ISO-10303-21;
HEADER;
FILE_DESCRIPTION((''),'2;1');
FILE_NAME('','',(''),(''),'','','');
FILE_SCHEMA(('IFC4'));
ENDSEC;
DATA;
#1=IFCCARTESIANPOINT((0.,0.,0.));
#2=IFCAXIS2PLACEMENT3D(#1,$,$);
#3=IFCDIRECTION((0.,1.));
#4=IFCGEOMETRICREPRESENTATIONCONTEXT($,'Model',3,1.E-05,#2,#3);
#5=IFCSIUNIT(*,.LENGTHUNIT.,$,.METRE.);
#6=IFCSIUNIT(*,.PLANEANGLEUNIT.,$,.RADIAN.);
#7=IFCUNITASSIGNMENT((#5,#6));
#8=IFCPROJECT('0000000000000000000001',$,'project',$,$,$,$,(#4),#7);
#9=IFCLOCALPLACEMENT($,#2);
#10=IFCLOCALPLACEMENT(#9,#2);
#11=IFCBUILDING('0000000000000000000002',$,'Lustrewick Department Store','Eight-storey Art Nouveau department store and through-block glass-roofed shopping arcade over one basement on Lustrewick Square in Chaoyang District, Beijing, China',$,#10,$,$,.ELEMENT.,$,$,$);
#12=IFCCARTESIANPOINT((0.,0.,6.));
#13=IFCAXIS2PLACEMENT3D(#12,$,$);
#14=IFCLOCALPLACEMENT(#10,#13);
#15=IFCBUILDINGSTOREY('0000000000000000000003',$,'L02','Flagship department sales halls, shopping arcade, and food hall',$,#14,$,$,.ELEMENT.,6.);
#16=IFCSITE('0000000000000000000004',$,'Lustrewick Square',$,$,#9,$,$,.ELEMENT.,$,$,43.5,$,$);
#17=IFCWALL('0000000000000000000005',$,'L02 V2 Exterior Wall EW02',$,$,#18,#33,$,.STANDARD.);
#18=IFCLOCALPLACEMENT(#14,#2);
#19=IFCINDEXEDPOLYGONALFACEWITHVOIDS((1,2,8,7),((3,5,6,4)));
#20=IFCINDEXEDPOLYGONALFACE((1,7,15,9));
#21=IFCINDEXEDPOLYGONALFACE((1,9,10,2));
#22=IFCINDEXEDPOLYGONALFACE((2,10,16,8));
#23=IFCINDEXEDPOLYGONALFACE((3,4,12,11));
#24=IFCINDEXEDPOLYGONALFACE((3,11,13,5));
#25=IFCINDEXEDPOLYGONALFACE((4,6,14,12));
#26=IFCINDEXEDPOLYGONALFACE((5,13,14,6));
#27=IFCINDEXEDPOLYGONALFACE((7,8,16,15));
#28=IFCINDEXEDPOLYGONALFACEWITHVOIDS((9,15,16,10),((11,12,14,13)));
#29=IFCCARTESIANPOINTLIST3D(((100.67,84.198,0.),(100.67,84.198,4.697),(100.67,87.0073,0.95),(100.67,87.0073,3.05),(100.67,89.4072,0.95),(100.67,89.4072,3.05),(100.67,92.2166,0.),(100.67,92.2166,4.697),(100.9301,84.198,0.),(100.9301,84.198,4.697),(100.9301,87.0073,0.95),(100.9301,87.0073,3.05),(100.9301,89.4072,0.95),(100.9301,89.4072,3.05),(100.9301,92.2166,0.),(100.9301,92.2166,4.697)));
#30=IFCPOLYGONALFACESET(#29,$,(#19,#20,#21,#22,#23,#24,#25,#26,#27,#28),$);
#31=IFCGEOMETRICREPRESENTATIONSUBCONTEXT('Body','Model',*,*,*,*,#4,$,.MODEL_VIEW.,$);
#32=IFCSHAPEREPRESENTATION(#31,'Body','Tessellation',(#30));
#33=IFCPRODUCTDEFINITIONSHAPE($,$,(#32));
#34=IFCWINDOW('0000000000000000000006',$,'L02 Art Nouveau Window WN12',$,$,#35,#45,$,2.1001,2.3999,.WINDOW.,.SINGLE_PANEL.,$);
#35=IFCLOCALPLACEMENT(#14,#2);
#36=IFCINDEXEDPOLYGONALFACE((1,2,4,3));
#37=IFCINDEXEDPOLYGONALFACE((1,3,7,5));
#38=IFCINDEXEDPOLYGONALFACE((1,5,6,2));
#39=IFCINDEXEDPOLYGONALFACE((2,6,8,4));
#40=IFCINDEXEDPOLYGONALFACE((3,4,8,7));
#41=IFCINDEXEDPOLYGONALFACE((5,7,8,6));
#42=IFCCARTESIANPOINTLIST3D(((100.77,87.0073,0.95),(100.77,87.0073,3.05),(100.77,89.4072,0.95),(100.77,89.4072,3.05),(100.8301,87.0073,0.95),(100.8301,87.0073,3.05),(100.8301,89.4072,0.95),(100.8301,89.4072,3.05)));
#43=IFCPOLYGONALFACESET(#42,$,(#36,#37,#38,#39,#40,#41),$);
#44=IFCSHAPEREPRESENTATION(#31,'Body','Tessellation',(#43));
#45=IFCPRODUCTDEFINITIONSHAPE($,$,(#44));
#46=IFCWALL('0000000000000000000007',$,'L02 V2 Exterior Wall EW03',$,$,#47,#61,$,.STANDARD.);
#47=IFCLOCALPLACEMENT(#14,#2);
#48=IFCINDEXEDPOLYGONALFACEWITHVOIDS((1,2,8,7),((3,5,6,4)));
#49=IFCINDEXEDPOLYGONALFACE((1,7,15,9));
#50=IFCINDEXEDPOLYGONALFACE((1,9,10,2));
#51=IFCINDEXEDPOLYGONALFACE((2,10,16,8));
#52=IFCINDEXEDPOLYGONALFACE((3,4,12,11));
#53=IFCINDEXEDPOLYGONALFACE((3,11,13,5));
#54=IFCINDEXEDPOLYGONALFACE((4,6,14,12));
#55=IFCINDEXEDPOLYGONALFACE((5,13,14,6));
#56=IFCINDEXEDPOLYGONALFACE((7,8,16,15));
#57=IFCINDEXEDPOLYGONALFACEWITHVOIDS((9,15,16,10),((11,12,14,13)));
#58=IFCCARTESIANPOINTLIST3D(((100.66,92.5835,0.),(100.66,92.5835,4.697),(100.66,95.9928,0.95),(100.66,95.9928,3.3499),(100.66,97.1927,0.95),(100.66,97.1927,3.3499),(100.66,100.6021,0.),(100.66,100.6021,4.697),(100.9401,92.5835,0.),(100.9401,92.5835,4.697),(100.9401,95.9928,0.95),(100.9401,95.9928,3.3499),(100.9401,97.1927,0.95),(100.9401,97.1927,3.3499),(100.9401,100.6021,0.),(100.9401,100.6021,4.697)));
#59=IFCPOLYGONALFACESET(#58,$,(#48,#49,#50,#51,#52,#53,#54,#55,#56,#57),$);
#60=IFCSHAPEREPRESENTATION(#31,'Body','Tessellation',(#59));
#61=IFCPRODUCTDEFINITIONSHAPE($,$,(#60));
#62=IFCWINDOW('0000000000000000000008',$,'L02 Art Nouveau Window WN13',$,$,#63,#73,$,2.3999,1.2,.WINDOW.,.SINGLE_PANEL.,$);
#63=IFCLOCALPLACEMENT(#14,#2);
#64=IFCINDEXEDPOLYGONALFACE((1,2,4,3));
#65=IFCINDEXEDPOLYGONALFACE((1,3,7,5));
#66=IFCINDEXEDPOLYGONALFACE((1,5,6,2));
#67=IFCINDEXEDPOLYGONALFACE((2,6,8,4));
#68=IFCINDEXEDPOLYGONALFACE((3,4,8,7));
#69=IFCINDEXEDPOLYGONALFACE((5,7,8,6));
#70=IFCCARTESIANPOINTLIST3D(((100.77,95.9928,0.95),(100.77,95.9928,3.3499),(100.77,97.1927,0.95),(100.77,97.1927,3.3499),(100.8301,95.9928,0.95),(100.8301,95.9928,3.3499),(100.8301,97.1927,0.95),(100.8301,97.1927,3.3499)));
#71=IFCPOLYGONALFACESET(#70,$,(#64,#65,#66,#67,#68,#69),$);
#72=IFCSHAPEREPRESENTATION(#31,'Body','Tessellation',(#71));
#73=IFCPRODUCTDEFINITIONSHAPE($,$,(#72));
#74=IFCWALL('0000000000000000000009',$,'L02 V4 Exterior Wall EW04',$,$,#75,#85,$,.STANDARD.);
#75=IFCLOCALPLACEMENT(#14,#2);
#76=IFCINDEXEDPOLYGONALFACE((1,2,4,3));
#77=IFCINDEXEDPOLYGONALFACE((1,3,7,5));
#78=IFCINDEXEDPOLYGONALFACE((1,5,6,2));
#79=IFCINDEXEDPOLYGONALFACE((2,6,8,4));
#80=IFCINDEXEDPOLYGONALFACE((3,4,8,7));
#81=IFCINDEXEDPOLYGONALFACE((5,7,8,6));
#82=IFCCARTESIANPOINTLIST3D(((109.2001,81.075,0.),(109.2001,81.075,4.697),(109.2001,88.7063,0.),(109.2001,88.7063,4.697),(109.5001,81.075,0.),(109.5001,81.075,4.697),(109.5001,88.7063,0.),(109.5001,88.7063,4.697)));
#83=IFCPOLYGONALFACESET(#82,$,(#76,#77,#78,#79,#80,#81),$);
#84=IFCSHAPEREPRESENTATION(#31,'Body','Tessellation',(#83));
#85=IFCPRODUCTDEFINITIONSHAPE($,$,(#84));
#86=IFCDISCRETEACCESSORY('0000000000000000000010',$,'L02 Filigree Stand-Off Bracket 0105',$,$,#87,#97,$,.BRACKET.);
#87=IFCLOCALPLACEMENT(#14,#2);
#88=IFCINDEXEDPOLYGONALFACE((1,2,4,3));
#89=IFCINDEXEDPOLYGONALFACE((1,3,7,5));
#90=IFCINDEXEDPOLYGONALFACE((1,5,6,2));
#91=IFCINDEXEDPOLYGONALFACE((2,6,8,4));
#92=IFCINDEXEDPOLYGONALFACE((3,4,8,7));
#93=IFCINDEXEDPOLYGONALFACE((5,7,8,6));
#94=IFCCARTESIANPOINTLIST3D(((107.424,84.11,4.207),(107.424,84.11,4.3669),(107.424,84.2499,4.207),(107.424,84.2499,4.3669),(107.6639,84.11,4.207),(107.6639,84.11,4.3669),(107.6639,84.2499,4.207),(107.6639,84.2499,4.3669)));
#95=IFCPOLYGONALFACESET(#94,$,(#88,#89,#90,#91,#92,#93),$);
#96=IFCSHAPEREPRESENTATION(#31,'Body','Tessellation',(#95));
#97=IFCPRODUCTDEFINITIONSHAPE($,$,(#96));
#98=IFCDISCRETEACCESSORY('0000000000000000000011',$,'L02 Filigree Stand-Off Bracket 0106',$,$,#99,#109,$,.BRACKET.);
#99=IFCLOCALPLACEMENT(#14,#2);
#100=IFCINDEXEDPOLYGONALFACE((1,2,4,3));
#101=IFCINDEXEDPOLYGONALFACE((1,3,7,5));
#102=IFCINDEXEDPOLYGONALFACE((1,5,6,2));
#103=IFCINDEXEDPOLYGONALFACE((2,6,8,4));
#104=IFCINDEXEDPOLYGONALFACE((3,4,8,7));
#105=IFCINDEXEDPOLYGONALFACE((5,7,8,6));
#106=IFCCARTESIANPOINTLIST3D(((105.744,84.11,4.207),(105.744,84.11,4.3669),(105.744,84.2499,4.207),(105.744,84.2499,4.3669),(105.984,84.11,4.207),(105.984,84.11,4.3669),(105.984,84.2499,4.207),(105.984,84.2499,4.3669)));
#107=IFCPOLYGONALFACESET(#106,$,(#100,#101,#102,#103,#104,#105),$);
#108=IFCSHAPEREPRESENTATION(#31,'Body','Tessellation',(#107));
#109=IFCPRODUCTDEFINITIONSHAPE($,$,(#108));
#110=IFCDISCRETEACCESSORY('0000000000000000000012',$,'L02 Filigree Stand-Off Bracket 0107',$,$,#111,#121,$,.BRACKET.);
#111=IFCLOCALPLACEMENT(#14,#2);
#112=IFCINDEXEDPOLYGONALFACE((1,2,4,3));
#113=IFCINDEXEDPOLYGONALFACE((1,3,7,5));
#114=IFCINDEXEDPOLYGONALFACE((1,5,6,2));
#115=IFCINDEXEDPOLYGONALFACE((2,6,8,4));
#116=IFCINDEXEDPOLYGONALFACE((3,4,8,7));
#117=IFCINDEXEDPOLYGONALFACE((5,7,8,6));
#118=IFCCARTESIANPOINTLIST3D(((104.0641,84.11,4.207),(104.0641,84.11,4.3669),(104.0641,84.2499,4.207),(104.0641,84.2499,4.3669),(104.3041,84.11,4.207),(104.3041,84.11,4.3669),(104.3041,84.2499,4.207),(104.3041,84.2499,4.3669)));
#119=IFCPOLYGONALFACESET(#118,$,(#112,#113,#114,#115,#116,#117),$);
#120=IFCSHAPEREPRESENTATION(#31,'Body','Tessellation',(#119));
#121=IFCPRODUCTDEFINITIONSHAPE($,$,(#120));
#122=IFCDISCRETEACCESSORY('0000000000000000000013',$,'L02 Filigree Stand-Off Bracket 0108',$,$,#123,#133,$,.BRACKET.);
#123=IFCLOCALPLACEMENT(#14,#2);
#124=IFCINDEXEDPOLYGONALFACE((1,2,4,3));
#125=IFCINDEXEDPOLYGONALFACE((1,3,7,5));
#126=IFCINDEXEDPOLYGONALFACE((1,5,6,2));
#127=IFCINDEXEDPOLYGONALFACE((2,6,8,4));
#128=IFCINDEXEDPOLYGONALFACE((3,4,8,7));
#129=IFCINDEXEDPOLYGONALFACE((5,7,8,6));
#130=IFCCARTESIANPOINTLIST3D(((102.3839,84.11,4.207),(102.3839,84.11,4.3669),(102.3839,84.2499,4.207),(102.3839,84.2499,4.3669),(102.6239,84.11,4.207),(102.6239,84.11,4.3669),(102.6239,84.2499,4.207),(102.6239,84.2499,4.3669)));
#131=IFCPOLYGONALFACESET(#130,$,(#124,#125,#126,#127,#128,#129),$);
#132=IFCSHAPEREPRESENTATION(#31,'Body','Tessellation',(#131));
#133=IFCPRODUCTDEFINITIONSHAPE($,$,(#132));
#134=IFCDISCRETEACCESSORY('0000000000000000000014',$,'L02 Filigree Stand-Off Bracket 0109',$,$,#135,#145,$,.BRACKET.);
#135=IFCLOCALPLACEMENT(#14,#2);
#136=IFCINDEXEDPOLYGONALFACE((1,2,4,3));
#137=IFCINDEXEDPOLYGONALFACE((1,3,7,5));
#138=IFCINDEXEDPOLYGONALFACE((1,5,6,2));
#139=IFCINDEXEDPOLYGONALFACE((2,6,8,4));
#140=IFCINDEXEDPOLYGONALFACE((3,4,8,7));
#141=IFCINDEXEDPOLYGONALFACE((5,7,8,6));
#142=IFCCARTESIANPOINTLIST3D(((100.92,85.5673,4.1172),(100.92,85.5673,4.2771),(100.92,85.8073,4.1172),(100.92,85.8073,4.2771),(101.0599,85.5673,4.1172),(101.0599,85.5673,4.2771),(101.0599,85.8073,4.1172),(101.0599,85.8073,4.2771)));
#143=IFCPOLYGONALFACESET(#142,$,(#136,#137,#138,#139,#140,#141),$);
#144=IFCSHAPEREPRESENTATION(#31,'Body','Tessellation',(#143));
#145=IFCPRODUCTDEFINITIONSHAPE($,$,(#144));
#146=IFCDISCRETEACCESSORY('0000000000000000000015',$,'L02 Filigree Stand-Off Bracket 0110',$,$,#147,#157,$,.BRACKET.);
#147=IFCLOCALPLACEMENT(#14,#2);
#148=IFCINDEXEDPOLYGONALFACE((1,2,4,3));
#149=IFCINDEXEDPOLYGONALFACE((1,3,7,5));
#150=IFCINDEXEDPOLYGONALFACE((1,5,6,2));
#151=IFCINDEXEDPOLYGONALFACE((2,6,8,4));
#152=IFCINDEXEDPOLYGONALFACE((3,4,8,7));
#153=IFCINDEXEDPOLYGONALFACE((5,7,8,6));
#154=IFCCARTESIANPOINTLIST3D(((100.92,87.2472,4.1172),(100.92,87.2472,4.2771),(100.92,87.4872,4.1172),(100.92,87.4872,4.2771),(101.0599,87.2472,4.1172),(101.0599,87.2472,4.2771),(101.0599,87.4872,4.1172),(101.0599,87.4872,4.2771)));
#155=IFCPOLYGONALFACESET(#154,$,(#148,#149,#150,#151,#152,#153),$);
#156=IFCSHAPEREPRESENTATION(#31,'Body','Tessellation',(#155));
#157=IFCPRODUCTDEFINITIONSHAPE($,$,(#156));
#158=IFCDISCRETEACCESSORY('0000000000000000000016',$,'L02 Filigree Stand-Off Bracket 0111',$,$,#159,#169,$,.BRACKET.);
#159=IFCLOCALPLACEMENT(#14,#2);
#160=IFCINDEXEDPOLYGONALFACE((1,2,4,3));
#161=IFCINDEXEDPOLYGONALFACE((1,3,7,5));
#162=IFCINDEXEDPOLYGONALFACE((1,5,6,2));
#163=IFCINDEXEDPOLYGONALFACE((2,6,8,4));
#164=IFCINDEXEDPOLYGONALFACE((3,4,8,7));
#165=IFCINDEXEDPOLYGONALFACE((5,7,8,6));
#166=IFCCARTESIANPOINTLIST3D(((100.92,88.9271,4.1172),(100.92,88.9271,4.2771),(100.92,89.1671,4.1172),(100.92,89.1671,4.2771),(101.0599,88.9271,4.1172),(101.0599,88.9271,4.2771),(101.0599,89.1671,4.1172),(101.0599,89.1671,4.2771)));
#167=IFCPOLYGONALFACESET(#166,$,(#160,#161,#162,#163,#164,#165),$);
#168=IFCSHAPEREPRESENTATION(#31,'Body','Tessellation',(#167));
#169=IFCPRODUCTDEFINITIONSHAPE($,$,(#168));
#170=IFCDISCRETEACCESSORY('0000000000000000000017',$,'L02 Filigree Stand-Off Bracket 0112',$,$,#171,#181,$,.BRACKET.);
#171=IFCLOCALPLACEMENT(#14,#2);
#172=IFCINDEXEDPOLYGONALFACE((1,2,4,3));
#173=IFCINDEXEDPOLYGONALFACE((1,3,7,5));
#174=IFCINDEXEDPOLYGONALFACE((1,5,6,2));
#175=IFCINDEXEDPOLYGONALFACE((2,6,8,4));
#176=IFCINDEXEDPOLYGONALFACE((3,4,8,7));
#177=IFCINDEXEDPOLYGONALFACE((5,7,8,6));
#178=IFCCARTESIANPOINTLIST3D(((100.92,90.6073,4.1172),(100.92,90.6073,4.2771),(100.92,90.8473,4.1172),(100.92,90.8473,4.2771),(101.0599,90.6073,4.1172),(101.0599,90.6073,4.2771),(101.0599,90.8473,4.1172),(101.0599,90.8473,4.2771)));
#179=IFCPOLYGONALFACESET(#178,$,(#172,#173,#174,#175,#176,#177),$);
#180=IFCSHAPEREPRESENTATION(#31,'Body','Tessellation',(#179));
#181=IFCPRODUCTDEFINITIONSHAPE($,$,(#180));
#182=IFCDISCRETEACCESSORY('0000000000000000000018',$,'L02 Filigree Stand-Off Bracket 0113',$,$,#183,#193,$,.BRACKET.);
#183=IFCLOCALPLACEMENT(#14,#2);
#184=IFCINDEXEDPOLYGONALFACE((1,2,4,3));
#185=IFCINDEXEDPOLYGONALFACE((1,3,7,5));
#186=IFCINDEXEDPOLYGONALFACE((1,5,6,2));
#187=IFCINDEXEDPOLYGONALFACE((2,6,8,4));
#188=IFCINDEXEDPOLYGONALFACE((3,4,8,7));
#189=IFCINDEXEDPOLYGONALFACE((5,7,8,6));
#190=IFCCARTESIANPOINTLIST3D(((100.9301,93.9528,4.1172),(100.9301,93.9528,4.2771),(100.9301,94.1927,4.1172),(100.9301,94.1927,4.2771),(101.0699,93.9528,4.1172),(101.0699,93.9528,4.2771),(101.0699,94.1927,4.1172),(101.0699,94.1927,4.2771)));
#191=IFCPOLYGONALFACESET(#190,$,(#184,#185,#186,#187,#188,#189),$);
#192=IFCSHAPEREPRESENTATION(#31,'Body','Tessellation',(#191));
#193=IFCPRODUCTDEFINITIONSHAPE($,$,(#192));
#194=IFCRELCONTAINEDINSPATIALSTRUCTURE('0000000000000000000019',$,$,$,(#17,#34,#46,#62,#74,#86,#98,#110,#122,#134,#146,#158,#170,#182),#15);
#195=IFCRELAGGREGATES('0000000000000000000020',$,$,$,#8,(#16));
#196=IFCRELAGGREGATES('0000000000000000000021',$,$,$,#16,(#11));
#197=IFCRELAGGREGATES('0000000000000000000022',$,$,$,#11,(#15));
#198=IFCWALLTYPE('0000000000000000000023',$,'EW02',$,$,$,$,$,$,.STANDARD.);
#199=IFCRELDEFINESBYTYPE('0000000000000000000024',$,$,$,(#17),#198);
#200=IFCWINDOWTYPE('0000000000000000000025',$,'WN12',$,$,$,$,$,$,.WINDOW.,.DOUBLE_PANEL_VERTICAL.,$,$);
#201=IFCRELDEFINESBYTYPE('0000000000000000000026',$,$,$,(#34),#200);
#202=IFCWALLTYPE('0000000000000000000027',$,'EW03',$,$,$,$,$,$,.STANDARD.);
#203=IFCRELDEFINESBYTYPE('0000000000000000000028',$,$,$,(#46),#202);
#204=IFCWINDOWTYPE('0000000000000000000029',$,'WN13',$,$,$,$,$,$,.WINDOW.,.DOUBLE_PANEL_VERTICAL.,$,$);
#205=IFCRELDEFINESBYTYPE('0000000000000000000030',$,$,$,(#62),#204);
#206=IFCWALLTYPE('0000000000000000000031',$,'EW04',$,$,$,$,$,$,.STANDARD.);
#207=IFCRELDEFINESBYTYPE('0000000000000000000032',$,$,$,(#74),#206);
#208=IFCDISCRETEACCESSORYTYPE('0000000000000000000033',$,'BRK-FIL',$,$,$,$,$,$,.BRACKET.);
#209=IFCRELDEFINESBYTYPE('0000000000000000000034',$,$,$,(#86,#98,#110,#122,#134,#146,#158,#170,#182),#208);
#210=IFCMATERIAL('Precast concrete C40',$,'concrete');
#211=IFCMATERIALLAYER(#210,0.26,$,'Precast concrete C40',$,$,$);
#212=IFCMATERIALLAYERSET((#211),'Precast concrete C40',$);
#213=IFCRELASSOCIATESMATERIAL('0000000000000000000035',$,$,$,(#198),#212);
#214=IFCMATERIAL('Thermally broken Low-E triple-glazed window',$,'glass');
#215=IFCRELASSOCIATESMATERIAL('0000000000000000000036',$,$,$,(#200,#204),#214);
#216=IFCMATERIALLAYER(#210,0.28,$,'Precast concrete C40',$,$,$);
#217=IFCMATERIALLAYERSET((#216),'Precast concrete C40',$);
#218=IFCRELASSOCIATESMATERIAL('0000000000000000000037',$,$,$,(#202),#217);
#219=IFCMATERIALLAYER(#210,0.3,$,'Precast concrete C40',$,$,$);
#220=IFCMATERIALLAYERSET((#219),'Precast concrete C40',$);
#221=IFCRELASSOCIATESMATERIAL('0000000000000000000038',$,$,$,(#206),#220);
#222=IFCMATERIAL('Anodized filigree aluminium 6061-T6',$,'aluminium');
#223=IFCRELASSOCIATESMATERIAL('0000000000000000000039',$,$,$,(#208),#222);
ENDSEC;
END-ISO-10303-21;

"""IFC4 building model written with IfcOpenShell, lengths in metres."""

from ifc_helpers import new_model, si_unit, direction, frame, frame_2d, origin, origin_2d, place, context, subcontext, project, spatial, rectangle, extrude, material, layer, layer_set, type_object, element, fill, save


model = new_model("IFC4")

# Units and contexts
model_context = context("Model", 3, precision=1e-05, world=origin(), true_north=direction((0.0, 1.0)))
body_context = subcontext(model_context, "Body", "Model", "MODEL_VIEW")
ifc_project = project(units=[si_unit("LENGTHUNIT", "METRE"), si_unit("PLANEANGLEUNIT", "RADIAN")], contexts=[model_context])

# Site, building, storey
site_placement = place(None, origin())
site = spatial("IfcSite", under=ifc_project, at=site_placement, Name="Lustrewick Square", CompositionType="ELEMENT", RefElevation=43.5)
building_placement = place(site_placement, origin())
building = spatial("IfcBuilding", under=site, at=building_placement, Name="Lustrewick Department Store", Description="Eight-storey Art Nouveau department store and through-block glass-roofed shopping arcade over one basement on Lustrewick Square in Chaoyang District, Beijing, China", CompositionType="ELEMENT")
storey_placement = place(building_placement, frame((0.0, 0.0, 6.0)))
storey = spatial("IfcBuildingStorey", under=building, at=storey_placement, Name="L02", Description="Flagship department sales halls, shopping arcade, and food hall", CompositionType="ELEMENT", Elevation=6.0)

# Walls, openings, windows
ifc_material_1 = material(Name="Precast concrete C40", Category="concrete")
ifc_layer_1 = layer(ifc_material_1, 0.26, Name="Precast concrete C40")
ifc_layer_set_1 = layer_set([ifc_layer_1], Name="Precast concrete C40")
wall_type_1 = type_object("IfcWallType", Name="EW02", PredefinedType="STANDARD", material=ifc_layer_set_1)
wall_1_placement = place(storey_placement, frame((100.8, 84.198, 0.0), z_axis=(0.0, 0.0, 1.0), x_axis=(0.0, 1.0, 0.0)))
wall_1 = element("IfcWall", 1, at=wall_1_placement, inside=storey, type_object=wall_type_1, Name="L02 V2 Exterior Wall EW02", PredefinedType="STANDARD", context=body_context, shape_type="SweptSolid", body=[
    extrude(rectangle(XDim=8.0186, YDim=0.26, at=frame_2d((4.0093, 0.0))), origin(), (0.0, 0.0, 1.0), 4.697),
])
opening_1_placement = place(wall_1_placement, frame((2.8093, 0.0, 0.95)))
opening_1 = element("IfcOpeningElement", 2, at=opening_1_placement, cuts=wall_1, PredefinedType="OPENING", context=body_context, shape_type="SweptSolid", body=[
    extrude(rectangle(XDim=2.3999, YDim=2.1001, at=frame_2d((1.2, 1.05))), frame((0.0, 0.1401, 0.0), z_axis=(0.0, -1.0, 0.0), x_axis=(1.0, 0.0, 0.0)), (0.0, 0.0, 1.0), 0.28),
])
ifc_material_2 = material(Name="Thermally broken Low-E triple-glazed window", Category="glass")
window_type_1 = type_object("IfcWindowType", Name="WN12", PartitioningType="DOUBLE_PANEL_VERTICAL", PredefinedType="WINDOW", material=ifc_material_2)
window_1_placement = place(opening_1_placement, origin())
window_1 = element("IfcWindow", 3, at=window_1_placement, inside=storey, type_object=window_type_1, Name="L02 Art Nouveau Window WN12", OverallHeight=2.1001, OverallWidth=2.3999, PartitioningType="SINGLE_PANEL", PredefinedType="WINDOW", context=body_context, shape_type="SweptSolid", body=[
    extrude(rectangle(XDim=2.3999, YDim=2.1001, at=frame_2d((1.2, 1.05))), frame((0.0, 0.03, 0.0), z_axis=(0.0, -1.0, 0.0), x_axis=(1.0, 0.0, 0.0)), (0.0, 0.0, 1.0), 0.0601),
])
fill(opening_1, window_1)
ifc_layer_2 = layer(ifc_material_1, 0.28, Name="Precast concrete C40")
ifc_layer_set_2 = layer_set([ifc_layer_2], Name="Precast concrete C40")
wall_type_2 = type_object("IfcWallType", Name="EW03", PredefinedType="STANDARD", material=ifc_layer_set_2)
wall_2_placement = place(storey_placement, frame((100.8, 92.5835, 0.0), z_axis=(0.0, 0.0, 1.0), x_axis=(0.0, 1.0, 0.0)))
wall_2 = element("IfcWall", 4, at=wall_2_placement, inside=storey, type_object=wall_type_2, Name="L02 V2 Exterior Wall EW03", PredefinedType="STANDARD", context=body_context, shape_type="SweptSolid", body=[
    extrude(rectangle(XDim=8.0186, YDim=0.28, at=frame_2d((4.0093, 0.0))), origin(), (0.0, 0.0, 1.0), 4.697),
])
opening_2_placement = place(wall_2_placement, frame((3.4092, 0.0, 0.95)))
opening_2 = element("IfcOpeningElement", 5, at=opening_2_placement, cuts=wall_2, PredefinedType="OPENING", context=body_context, shape_type="SweptSolid", body=[
    extrude(rectangle(XDim=1.2, YDim=2.3999, at=frame_2d((0.6001, 1.2))), frame((0.0, 0.1499, 0.0), z_axis=(0.0, -1.0, 0.0), x_axis=(1.0, 0.0, 0.0)), (0.0, 0.0, 1.0), 0.3),
])
window_type_2 = type_object("IfcWindowType", Name="WN13", PartitioningType="DOUBLE_PANEL_VERTICAL", PredefinedType="WINDOW", material=ifc_material_2)
window_2_placement = place(opening_2_placement, origin())
window_2 = element("IfcWindow", 6, at=window_2_placement, inside=storey, type_object=window_type_2, Name="L02 Art Nouveau Window WN13", OverallHeight=2.3999, OverallWidth=1.2, PartitioningType="SINGLE_PANEL", PredefinedType="WINDOW", context=body_context, shape_type="SweptSolid", body=[
    extrude(rectangle(XDim=1.2, YDim=2.3999, at=frame_2d((0.6001, 1.2))), frame((0.0, 0.03, 0.0), z_axis=(0.0, -1.0, 0.0), x_axis=(1.0, 0.0, 0.0)), (0.0, 0.0, 1.0), 0.0601),
])
fill(opening_2, window_2)

# Wall
ifc_layer_3 = layer(ifc_material_1, 0.3, Name="Precast concrete C40")
ifc_layer_set_3 = layer_set([ifc_layer_3], Name="Precast concrete C40")
wall_type_3 = type_object("IfcWallType", Name="EW04", PredefinedType="STANDARD", material=ifc_layer_set_3)
wall_3_placement = place(storey_placement, frame((109.3501, 88.7063, 0.0), z_axis=(0.0, 0.0, 1.0), x_axis=(0.0, -1.0, 0.0)))
element("IfcWall", 7, at=wall_3_placement, inside=storey, type_object=wall_type_3, Name="L02 V4 Exterior Wall EW04", PredefinedType="STANDARD", context=body_context, shape_type="SweptSolid", body=[
    extrude(rectangle(XDim=7.6313, YDim=0.3, at=frame_2d((3.8157, 0.0))), origin(), (0.0, 0.0, 1.0), 4.697),
])

# Discrete accessories
ifc_material_3 = material(Name="Anodized filigree aluminium 6061-T6", Category="aluminium")
discrete_accessory_type = type_object("IfcDiscreteAccessoryType", Name="BRK-FIL", PredefinedType="BRACKET", material=ifc_material_3)
for number, where, z_axis, x_axis, name in (
    (8, (107.5439, 84.1799, 4.207), (0.0, 0.0, 1.0), (-1.0, 0.0, 0.0), "L02 Filigree Stand-Off Bracket 0105"),
    (9, (105.864, 84.1799, 4.207), (0.0, 0.0, 1.0), (-1.0, 0.0, 0.0), "L02 Filigree Stand-Off Bracket 0106"),
    (10, (104.1841, 84.1799, 4.207), (0.0, 0.0, 1.0), (-1.0, 0.0, 0.0), "L02 Filigree Stand-Off Bracket 0107"),
    (11, (102.5039, 84.1799, 4.207), (0.0, 0.0, 1.0), (-1.0, 0.0, 0.0), "L02 Filigree Stand-Off Bracket 0108"),
    (12, (100.99, 85.6873, 4.1172), (0.0, 0.0, 1.0), (0.0, 1.0, 0.0), "L02 Filigree Stand-Off Bracket 0109"),
    (13, (100.99, 87.3672, 4.1172), (0.0, 0.0, 1.0), (0.0, 1.0, 0.0), "L02 Filigree Stand-Off Bracket 0110"),
    (14, (100.99, 89.0471, 4.1172), (0.0, 0.0, 1.0), (0.0, 1.0, 0.0), "L02 Filigree Stand-Off Bracket 0111"),
    (15, (100.99, 90.7273, 4.1172), (0.0, 0.0, 1.0), (0.0, 1.0, 0.0), "L02 Filigree Stand-Off Bracket 0112"),
    (16, (101.0, 94.0728, 4.1172), (0.0, 0.0, 1.0), (0.0, 1.0, 0.0), "L02 Filigree Stand-Off Bracket 0113"),
):
    element("IfcDiscreteAccessory", number, at=place(storey_placement, frame(where, z_axis=z_axis, x_axis=x_axis)), inside=storey, type_object=discrete_accessory_type, Name=name, PredefinedType="BRACKET", context=body_context, shape_type="SweptSolid", body=[
        extrude(rectangle(XDim=0.24, YDim=0.1399, at=origin_2d()), origin(), (0.0, 0.0, 1.0), 0.1599),
    ])

save(model, "model.ifc")
